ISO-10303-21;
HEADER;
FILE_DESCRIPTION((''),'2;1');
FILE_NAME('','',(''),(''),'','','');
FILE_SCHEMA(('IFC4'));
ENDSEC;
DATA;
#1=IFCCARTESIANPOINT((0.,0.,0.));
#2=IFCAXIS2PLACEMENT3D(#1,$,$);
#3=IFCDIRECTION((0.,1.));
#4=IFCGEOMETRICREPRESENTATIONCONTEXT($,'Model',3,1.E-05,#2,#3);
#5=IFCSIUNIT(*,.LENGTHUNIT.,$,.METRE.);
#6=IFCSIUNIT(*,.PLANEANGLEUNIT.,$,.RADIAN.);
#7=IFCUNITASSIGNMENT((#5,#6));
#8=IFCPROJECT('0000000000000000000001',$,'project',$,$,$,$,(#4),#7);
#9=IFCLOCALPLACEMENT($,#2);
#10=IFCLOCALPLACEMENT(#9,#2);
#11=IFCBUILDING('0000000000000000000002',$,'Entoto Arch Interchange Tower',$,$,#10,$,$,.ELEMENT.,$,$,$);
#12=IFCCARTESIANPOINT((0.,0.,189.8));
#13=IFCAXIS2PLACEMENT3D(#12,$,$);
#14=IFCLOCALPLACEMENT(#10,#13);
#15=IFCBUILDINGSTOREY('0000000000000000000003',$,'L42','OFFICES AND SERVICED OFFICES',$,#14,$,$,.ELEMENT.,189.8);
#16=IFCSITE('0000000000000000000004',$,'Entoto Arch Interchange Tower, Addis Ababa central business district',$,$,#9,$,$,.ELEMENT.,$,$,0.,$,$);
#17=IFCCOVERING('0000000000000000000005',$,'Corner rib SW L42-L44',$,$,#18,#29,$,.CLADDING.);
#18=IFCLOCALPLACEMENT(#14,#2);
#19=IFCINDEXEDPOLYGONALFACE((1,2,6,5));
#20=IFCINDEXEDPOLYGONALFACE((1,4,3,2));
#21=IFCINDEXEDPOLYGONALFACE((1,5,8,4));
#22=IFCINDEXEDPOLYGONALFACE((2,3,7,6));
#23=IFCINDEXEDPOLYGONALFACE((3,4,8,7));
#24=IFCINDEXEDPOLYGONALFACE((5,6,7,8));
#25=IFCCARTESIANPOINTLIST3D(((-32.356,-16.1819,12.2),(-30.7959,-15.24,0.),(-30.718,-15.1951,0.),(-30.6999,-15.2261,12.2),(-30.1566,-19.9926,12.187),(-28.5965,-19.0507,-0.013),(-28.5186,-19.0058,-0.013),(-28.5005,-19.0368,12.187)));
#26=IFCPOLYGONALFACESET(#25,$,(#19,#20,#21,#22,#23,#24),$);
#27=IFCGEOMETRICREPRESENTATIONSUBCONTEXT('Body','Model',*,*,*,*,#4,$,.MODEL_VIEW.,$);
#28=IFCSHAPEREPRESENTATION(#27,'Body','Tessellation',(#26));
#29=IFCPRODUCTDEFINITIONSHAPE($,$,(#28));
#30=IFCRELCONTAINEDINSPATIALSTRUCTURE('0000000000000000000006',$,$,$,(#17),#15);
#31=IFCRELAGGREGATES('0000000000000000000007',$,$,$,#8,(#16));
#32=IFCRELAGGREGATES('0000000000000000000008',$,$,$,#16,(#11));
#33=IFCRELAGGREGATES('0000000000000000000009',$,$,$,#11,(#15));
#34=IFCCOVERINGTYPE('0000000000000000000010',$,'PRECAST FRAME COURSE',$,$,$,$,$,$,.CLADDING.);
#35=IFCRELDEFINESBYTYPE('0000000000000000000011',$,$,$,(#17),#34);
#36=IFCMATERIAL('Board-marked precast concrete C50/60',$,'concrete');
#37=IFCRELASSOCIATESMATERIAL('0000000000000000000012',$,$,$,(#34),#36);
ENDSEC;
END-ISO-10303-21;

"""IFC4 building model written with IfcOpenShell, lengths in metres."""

from ifc_helpers import new_model, si_unit, direction, frame, origin, place, context, subcontext, project, spatial, polyline, outline, extrude, material, type_object, element, save


model = new_model("IFC4")

# Units and contexts
model_context = context("Model", 3, precision=1e-05, world=origin(), true_north=direction((0.0, 1.0)))
body_context = subcontext(model_context, "Body", "Model", "MODEL_VIEW")
ifc_project = project(units=[si_unit("LENGTHUNIT", "METRE"), si_unit("PLANEANGLEUNIT", "RADIAN")], contexts=[model_context])

# Site, building, storey
site_placement = place(None, origin())
site = spatial("IfcSite", under=ifc_project, at=site_placement, Name="Entoto Arch Interchange Tower, Addis Ababa central business district", CompositionType="ELEMENT", RefElevation=0.0)
building_placement = place(site_placement, origin())
building = spatial("IfcBuilding", under=site, at=building_placement, Name="Entoto Arch Interchange Tower", CompositionType="ELEMENT")
storey_placement = place(building_placement, frame((0.0, 0.0, 189.8)))
storey = spatial("IfcBuildingStorey", under=building, at=storey_placement, Name="L42", Description="OFFICES AND SERVICED OFFICES", CompositionType="ELEMENT", Elevation=189.8)

# Shared definitions
ifc_material_1 = material(Name="Board-marked precast concrete C50/60", Category="concrete")

# Covering
covering_type = type_object("IfcCoveringType", Name="PRECAST FRAME COURSE", PredefinedType="CLADDING", material=ifc_material_1)
covering_placement = place(storey_placement, frame((-30.718, -15.1951, 0.0), z_axis=(-0.499875, 0.866092, 0.002943), x_axis=(-0.866096, -0.499877, -0.000001)))
element("IfcCovering", 1, at=covering_placement, inside=storey, type_object=covering_type, Name="Corner rib SW L42-L44", PredefinedType="CLADDING", context=body_context, shape_type="SweptSolid", body=[
    extrude(outline(polyline([(0.0, 0.0), (0.0899, 0.0), (1.9119, 12.2), (-0.0002, 12.2), (0.0, 0.0)])), origin(), (0.0, 0.0, -1.0), 4.3999),
])

save(model, "model.ifc")
